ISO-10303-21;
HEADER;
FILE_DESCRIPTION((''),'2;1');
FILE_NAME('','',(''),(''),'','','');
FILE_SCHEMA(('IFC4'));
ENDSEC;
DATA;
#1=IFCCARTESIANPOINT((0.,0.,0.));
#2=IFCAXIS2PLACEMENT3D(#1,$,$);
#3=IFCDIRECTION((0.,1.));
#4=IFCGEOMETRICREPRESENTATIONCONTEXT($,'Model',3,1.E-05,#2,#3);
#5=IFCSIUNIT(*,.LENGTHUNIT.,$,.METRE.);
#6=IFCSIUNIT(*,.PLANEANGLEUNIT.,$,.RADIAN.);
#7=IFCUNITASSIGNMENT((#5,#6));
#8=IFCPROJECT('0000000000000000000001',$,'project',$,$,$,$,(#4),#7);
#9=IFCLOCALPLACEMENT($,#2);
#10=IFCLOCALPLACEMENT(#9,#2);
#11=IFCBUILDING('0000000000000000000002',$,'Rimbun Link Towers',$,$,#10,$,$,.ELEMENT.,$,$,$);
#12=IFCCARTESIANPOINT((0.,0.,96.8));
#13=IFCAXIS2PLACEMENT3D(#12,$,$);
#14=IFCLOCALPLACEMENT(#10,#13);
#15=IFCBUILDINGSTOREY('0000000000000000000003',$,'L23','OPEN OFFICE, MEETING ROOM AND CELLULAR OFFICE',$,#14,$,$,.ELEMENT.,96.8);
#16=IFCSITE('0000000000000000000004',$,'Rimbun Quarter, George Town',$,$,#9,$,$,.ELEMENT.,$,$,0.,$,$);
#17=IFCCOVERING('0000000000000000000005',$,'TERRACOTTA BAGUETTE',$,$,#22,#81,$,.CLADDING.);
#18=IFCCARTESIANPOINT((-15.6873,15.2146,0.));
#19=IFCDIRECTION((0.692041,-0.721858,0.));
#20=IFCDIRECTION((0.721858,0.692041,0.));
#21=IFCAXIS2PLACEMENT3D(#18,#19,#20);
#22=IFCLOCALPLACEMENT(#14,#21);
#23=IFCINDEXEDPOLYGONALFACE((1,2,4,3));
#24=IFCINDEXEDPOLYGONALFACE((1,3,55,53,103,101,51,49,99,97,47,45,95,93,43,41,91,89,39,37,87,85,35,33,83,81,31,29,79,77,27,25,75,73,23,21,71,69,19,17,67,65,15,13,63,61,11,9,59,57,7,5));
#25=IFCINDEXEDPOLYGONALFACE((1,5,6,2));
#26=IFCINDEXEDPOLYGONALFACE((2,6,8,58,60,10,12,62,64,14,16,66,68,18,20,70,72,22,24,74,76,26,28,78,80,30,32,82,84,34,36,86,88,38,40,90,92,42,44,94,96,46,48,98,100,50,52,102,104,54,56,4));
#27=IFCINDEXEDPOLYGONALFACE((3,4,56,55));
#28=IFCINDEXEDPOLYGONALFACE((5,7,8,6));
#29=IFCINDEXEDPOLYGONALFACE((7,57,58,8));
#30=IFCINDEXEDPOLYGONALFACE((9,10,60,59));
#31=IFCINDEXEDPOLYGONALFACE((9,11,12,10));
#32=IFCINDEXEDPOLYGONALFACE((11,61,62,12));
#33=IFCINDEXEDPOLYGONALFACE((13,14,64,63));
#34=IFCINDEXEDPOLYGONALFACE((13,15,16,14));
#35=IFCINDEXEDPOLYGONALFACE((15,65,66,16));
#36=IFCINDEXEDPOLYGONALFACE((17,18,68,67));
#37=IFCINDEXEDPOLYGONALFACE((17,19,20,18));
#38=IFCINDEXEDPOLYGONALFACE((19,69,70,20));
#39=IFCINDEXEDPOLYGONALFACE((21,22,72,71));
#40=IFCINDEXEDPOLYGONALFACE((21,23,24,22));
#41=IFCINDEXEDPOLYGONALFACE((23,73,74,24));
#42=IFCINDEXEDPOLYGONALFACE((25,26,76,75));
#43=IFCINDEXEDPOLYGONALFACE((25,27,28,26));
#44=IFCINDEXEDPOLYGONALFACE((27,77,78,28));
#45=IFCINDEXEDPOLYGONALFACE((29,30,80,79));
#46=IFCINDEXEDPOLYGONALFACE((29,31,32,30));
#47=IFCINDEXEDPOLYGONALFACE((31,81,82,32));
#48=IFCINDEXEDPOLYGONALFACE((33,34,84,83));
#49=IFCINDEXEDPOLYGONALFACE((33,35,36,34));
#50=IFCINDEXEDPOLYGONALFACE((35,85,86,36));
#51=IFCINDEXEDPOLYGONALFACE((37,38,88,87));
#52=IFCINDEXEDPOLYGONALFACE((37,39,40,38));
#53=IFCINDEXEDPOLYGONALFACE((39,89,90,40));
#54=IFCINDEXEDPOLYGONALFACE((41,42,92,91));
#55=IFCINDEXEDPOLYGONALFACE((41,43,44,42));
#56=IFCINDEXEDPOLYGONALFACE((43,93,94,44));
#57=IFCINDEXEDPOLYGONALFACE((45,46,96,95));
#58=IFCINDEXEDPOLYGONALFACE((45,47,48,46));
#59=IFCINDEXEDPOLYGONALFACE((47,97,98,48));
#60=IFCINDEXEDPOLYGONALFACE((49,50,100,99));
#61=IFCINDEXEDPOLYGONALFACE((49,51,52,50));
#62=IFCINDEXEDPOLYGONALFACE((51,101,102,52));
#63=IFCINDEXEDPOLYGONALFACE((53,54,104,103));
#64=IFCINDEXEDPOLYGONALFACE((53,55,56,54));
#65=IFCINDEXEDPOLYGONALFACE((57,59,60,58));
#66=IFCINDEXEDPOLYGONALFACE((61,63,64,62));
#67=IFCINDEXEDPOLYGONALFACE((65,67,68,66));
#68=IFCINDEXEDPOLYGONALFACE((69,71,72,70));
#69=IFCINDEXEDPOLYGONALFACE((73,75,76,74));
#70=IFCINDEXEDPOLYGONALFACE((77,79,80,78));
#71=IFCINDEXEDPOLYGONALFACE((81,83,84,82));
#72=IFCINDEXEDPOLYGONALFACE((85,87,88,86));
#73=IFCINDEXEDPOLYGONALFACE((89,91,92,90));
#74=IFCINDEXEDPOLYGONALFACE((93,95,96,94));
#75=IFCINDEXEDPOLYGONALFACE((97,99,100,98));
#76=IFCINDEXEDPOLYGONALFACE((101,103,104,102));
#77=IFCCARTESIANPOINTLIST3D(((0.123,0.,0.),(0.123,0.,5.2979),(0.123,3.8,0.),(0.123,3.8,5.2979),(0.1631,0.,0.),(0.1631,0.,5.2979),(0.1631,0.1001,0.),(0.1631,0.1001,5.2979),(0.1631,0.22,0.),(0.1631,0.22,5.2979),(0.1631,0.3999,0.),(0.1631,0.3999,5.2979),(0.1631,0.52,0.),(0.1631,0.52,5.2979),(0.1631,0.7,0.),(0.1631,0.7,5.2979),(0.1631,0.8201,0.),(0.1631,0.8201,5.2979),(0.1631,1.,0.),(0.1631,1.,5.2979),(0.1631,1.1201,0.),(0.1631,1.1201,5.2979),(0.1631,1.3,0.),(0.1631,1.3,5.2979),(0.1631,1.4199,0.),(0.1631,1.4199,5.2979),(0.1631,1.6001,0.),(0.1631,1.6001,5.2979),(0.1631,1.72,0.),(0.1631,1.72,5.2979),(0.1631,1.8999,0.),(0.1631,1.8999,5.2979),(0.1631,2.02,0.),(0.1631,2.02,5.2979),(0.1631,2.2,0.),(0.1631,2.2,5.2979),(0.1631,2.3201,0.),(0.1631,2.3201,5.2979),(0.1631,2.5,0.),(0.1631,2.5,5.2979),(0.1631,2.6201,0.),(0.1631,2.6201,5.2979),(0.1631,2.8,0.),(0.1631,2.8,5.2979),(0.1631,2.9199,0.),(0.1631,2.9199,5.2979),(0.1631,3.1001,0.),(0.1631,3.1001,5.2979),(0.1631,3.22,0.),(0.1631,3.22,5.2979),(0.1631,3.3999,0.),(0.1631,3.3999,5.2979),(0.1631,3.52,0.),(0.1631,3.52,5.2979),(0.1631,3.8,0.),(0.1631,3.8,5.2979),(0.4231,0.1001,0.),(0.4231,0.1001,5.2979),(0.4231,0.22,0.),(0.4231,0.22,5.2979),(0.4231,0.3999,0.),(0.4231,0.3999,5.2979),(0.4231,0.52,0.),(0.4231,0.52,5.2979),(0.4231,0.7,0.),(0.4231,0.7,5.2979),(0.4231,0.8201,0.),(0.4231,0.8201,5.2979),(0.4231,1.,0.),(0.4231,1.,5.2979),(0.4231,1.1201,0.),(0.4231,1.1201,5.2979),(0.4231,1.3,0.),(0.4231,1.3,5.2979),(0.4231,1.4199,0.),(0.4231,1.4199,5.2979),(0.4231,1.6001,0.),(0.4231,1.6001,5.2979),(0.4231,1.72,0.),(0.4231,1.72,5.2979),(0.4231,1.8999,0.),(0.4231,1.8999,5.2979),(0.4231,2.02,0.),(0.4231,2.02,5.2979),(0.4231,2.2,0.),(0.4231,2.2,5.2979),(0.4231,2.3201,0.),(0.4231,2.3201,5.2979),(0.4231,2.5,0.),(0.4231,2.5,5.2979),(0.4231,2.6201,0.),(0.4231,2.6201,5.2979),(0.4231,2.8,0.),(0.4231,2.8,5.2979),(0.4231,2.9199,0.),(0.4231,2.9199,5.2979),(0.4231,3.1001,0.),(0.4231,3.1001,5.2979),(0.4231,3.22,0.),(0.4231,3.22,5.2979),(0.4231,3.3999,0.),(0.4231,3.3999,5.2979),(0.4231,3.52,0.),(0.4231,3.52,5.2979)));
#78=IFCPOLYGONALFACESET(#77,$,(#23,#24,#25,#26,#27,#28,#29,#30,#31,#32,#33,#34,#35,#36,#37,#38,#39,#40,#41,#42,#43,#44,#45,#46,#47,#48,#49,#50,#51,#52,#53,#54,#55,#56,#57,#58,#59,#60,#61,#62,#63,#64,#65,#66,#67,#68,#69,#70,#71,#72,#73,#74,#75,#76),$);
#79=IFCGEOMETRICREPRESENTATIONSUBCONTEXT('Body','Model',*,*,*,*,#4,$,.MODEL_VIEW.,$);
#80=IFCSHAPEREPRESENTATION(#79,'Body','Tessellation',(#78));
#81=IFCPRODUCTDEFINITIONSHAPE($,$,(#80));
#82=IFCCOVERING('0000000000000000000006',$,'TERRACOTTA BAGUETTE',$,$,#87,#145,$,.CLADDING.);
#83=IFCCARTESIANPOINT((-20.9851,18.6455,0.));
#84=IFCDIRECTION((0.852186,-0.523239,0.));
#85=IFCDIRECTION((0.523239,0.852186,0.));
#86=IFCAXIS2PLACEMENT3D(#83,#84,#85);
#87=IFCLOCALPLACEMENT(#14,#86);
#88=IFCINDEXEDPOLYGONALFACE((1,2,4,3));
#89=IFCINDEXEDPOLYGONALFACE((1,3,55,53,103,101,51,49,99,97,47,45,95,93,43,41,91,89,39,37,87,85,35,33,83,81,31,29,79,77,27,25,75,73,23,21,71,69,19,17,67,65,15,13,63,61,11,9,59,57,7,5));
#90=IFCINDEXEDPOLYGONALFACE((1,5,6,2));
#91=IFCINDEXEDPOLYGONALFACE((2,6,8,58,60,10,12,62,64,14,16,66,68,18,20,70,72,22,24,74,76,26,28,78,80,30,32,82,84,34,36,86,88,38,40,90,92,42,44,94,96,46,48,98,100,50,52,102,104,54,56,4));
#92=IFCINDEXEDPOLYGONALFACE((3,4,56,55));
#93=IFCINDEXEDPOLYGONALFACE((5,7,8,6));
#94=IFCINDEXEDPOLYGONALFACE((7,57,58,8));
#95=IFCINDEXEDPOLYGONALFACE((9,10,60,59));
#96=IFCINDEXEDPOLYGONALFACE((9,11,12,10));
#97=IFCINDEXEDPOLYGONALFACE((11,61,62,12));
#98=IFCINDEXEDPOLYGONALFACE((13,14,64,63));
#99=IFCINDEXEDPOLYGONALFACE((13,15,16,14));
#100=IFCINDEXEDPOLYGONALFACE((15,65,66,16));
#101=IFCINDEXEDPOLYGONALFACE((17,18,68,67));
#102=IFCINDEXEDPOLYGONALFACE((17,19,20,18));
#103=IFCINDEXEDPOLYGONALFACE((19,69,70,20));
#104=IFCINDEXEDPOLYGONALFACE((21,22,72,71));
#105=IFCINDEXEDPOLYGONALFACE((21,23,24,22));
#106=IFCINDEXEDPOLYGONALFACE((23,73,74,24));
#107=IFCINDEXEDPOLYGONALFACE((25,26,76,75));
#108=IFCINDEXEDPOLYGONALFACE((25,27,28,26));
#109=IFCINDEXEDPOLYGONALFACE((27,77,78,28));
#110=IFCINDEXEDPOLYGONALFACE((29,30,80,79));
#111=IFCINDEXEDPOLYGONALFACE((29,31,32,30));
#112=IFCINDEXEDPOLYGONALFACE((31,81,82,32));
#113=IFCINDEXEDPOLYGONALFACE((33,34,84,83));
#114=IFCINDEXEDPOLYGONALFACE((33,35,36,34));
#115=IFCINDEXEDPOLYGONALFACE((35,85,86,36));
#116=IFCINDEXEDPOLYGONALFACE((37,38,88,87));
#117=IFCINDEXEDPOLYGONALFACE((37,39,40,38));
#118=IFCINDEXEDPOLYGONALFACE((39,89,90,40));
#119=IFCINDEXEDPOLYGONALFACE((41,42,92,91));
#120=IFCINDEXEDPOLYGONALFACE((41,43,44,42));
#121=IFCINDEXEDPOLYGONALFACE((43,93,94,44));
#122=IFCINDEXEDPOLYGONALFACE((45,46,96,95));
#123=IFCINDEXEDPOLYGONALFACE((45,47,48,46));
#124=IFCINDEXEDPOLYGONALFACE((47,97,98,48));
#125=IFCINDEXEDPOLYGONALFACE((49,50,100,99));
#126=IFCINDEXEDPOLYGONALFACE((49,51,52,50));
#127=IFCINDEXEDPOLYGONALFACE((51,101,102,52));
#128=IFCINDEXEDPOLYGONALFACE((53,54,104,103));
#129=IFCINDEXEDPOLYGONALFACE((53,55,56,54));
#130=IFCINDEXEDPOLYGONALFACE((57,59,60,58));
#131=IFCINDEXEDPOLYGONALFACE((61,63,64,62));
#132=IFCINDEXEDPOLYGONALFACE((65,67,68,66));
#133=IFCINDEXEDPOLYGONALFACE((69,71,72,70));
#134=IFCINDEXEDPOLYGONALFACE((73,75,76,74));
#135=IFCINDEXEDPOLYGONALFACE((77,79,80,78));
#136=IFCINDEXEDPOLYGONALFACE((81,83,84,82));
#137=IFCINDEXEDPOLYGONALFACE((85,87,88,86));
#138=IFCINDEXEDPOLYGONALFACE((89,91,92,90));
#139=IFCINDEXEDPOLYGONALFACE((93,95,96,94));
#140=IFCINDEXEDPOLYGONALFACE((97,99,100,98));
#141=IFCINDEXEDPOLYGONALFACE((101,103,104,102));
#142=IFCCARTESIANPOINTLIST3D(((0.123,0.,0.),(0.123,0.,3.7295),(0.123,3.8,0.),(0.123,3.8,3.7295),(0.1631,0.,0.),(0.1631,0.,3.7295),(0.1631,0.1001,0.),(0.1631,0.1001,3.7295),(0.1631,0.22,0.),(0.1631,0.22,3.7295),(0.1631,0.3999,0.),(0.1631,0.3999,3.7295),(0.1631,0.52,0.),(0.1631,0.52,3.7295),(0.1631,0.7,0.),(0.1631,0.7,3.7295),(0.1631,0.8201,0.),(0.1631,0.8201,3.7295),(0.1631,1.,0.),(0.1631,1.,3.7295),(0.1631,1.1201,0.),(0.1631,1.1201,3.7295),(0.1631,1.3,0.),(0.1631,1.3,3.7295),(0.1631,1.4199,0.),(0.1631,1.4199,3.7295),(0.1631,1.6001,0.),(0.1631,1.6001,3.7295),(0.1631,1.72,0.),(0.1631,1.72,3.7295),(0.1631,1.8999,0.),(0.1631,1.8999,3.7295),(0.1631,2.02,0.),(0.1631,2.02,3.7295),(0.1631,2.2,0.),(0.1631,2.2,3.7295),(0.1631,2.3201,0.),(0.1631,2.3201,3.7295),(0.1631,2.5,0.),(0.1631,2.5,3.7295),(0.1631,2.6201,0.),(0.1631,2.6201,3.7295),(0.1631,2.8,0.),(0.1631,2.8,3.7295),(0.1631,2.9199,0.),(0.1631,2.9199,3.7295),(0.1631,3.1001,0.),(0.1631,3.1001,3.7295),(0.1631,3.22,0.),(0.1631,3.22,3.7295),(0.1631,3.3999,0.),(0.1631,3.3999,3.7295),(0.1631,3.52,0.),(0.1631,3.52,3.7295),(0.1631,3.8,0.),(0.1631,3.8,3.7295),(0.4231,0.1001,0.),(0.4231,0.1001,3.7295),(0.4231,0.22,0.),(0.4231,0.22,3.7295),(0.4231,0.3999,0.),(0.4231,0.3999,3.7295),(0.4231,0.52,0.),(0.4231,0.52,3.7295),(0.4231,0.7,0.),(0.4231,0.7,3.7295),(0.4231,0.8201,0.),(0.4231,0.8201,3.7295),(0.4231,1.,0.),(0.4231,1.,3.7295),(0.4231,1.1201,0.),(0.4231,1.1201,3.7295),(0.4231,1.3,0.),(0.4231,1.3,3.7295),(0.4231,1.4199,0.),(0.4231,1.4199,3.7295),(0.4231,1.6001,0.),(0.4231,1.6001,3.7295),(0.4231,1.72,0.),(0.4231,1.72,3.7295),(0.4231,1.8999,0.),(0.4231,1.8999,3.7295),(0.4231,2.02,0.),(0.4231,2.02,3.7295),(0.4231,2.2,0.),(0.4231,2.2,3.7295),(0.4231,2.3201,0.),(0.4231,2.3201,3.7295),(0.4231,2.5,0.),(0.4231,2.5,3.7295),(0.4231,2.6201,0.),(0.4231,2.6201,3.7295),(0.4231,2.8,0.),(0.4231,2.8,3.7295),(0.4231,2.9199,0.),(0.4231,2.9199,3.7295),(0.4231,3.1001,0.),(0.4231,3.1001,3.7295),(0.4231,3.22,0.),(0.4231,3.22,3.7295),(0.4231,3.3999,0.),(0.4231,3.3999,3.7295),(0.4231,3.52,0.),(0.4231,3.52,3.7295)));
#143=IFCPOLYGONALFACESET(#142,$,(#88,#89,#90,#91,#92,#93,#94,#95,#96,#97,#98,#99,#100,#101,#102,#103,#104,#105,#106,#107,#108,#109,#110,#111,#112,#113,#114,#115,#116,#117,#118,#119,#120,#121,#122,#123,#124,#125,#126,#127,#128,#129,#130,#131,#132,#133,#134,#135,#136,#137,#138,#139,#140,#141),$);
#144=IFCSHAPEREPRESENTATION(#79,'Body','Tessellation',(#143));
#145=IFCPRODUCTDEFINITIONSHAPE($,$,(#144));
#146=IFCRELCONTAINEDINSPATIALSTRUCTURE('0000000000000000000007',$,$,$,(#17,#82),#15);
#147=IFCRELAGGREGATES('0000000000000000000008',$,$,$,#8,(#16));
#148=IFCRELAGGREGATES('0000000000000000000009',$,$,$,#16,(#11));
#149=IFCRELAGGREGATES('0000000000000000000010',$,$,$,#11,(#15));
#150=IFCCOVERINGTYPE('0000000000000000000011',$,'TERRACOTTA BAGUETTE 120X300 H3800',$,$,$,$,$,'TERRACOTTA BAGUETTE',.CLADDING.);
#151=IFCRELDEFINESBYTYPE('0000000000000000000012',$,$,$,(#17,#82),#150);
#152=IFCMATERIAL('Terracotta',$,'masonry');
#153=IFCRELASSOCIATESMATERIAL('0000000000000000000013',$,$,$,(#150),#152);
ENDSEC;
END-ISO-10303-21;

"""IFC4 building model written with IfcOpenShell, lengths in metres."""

from ifc_helpers import new_model, si_unit, direction, frame, origin, place, context, subcontext, project, spatial, polyline, outline, extrude, material, material_profile, profile_set, type_object, element, save


model = new_model("IFC4")

# Units and contexts
model_context = context("Model", 3, precision=1e-05, world=origin(), true_north=direction((0.0, 1.0)))
body_context = subcontext(model_context, "Body", "Model", "MODEL_VIEW")
ifc_project = project(units=[si_unit("LENGTHUNIT", "METRE"), si_unit("PLANEANGLEUNIT", "RADIAN")], contexts=[model_context])

# Site, building, storey
site_placement = place(None, origin())
site = spatial("IfcSite", under=ifc_project, at=site_placement, Name="Rimbun Quarter, George Town", CompositionType="ELEMENT", RefElevation=0.0)
building_placement = place(site_placement, origin())
building = spatial("IfcBuilding", under=site, at=building_placement, Name="Rimbun Link Towers", CompositionType="ELEMENT")
storey_placement = place(building_placement, frame((0.0, 0.0, 96.8)))
storey = spatial("IfcBuildingStorey", under=building, at=storey_placement, Name="L23", Description="OPEN OFFICE, MEETING ROOM AND CELLULAR OFFICE", CompositionType="ELEMENT", Elevation=96.8)

# Coverings
ifc_material_1 = material(Name="Terracotta", Category="masonry")
ifc_material_profile_1 = material_profile(ifc_material_1, outline(polyline([(0.123, 0.0), (0.1631, 0.0), (0.1631, 0.1001), (0.4231, 0.1001), (0.4231, 0.22), (0.1631, 0.22), (0.1631, 0.3999), (0.4231, 0.3999), (0.4231, 0.52), (0.1631, 0.52), (0.1631, 0.7), (0.4231, 0.7), (0.4231, 0.8201), (0.1631, 0.8201), (0.1631, 1.0), (0.4231, 1.0), (0.4231, 1.1201), (0.1631, 1.1201), (0.1631, 1.3), (0.4231, 1.3), (0.4231, 1.4199), (0.1631, 1.4199), (0.1631, 1.6001), (0.4231, 1.6001), (0.4231, 1.72), (0.1631, 1.72), (0.1631, 1.8999), (0.4231, 1.8999), (0.4231, 2.02), (0.1631, 2.02), (0.1631, 2.2), (0.4231, 2.2), (0.4231, 2.3201), (0.1631, 2.3201), (0.1631, 2.5), (0.4231, 2.5), (0.4231, 2.6201), (0.1631, 2.6201), (0.1631, 2.8), (0.4231, 2.8), (0.4231, 2.9199), (0.1631, 2.9199), (0.1631, 3.1001), (0.4231, 3.1001), (0.4231, 3.22), (0.1631, 3.22), (0.1631, 3.3999), (0.4231, 3.3999), (0.4231, 3.52), (0.1631, 3.52), (0.1631, 3.8), (0.123, 3.8), (0.123, 0.0)])), Name="BAGUETTE 120X300")
ifc_profile_set_1 = profile_set([ifc_material_profile_1], Name="Terracotta")
covering_type = type_object("IfcCoveringType", Name="TERRACOTTA BAGUETTE 120X300 H3800", ElementType="TERRACOTTA BAGUETTE", PredefinedType="CLADDING", material=ifc_profile_set_1)
covering_1_placement = place(storey_placement, frame((-15.6873, 15.2146, 0.0), z_axis=(0.692041, -0.721858, 0.0), x_axis=(0.721858, 0.692041, 0.0)))
element("IfcCovering", 1, at=covering_1_placement, inside=storey, type_object=covering_type, Name="TERRACOTTA BAGUETTE", PredefinedType="CLADDING", context=body_context, shape_type="SweptSolid", body=[
    extrude(outline(polyline([(0.123, 0.0), (0.1631, 0.0), (0.1631, 0.1001), (0.4231, 0.1001), (0.4231, 0.22), (0.1631, 0.22), (0.1631, 0.3999), (0.4231, 0.3999), (0.4231, 0.52), (0.1631, 0.52), (0.1631, 0.7), (0.4231, 0.7), (0.4231, 0.8201), (0.1631, 0.8201), (0.1631, 1.0), (0.4231, 1.0), (0.4231, 1.1201), (0.1631, 1.1201), (0.1631, 1.3), (0.4231, 1.3), (0.4231, 1.4199), (0.1631, 1.4199), (0.1631, 1.6001), (0.4231, 1.6001), (0.4231, 1.72), (0.1631, 1.72), (0.1631, 1.8999), (0.4231, 1.8999), (0.4231, 2.02), (0.1631, 2.02), (0.1631, 2.2), (0.4231, 2.2), (0.4231, 2.3201), (0.1631, 2.3201), (0.1631, 2.5), (0.4231, 2.5), (0.4231, 2.6201), (0.1631, 2.6201), (0.1631, 2.8), (0.4231, 2.8), (0.4231, 2.9199), (0.1631, 2.9199), (0.1631, 3.1001), (0.4231, 3.1001), (0.4231, 3.22), (0.1631, 3.22), (0.1631, 3.3999), (0.4231, 3.3999), (0.4231, 3.52), (0.1631, 3.52), (0.1631, 3.8), (0.123, 3.8), (0.123, 0.0)])), origin(), (0.0, 0.0, 1.0), 5.2979),
])
covering_2_placement = place(storey_placement, frame((-20.9851, 18.6455, 0.0), z_axis=(0.852186, -0.523239, 0.0), x_axis=(0.523239, 0.852186, 0.0)))
element("IfcCovering", 2, at=covering_2_placement, inside=storey, type_object=covering_type, Name="TERRACOTTA BAGUETTE", PredefinedType="CLADDING", context=body_context, shape_type="SweptSolid", body=[
    extrude(outline(polyline([(0.123, 0.0), (0.1631, 0.0), (0.1631, 0.1001), (0.4231, 0.1001), (0.4231, 0.22), (0.1631, 0.22), (0.1631, 0.3999), (0.4231, 0.3999), (0.4231, 0.52), (0.1631, 0.52), (0.1631, 0.7), (0.4231, 0.7), (0.4231, 0.8201), (0.1631, 0.8201), (0.1631, 1.0), (0.4231, 1.0), (0.4231, 1.1201), (0.1631, 1.1201), (0.1631, 1.3), (0.4231, 1.3), (0.4231, 1.4199), (0.1631, 1.4199), (0.1631, 1.6001), (0.4231, 1.6001), (0.4231, 1.72), (0.1631, 1.72), (0.1631, 1.8999), (0.4231, 1.8999), (0.4231, 2.02), (0.1631, 2.02), (0.1631, 2.2), (0.4231, 2.2), (0.4231, 2.3201), (0.1631, 2.3201), (0.1631, 2.5), (0.4231, 2.5), (0.4231, 2.6201), (0.1631, 2.6201), (0.1631, 2.8), (0.4231, 2.8), (0.4231, 2.9199), (0.1631, 2.9199), (0.1631, 3.1001), (0.4231, 3.1001), (0.4231, 3.22), (0.1631, 3.22), (0.1631, 3.3999), (0.4231, 3.3999), (0.4231, 3.52), (0.1631, 3.52), (0.1631, 3.8), (0.123, 3.8), (0.123, 0.0)])), origin(), (0.0, 0.0, 1.0), 3.7295),
])

save(model, "model.ifc")
